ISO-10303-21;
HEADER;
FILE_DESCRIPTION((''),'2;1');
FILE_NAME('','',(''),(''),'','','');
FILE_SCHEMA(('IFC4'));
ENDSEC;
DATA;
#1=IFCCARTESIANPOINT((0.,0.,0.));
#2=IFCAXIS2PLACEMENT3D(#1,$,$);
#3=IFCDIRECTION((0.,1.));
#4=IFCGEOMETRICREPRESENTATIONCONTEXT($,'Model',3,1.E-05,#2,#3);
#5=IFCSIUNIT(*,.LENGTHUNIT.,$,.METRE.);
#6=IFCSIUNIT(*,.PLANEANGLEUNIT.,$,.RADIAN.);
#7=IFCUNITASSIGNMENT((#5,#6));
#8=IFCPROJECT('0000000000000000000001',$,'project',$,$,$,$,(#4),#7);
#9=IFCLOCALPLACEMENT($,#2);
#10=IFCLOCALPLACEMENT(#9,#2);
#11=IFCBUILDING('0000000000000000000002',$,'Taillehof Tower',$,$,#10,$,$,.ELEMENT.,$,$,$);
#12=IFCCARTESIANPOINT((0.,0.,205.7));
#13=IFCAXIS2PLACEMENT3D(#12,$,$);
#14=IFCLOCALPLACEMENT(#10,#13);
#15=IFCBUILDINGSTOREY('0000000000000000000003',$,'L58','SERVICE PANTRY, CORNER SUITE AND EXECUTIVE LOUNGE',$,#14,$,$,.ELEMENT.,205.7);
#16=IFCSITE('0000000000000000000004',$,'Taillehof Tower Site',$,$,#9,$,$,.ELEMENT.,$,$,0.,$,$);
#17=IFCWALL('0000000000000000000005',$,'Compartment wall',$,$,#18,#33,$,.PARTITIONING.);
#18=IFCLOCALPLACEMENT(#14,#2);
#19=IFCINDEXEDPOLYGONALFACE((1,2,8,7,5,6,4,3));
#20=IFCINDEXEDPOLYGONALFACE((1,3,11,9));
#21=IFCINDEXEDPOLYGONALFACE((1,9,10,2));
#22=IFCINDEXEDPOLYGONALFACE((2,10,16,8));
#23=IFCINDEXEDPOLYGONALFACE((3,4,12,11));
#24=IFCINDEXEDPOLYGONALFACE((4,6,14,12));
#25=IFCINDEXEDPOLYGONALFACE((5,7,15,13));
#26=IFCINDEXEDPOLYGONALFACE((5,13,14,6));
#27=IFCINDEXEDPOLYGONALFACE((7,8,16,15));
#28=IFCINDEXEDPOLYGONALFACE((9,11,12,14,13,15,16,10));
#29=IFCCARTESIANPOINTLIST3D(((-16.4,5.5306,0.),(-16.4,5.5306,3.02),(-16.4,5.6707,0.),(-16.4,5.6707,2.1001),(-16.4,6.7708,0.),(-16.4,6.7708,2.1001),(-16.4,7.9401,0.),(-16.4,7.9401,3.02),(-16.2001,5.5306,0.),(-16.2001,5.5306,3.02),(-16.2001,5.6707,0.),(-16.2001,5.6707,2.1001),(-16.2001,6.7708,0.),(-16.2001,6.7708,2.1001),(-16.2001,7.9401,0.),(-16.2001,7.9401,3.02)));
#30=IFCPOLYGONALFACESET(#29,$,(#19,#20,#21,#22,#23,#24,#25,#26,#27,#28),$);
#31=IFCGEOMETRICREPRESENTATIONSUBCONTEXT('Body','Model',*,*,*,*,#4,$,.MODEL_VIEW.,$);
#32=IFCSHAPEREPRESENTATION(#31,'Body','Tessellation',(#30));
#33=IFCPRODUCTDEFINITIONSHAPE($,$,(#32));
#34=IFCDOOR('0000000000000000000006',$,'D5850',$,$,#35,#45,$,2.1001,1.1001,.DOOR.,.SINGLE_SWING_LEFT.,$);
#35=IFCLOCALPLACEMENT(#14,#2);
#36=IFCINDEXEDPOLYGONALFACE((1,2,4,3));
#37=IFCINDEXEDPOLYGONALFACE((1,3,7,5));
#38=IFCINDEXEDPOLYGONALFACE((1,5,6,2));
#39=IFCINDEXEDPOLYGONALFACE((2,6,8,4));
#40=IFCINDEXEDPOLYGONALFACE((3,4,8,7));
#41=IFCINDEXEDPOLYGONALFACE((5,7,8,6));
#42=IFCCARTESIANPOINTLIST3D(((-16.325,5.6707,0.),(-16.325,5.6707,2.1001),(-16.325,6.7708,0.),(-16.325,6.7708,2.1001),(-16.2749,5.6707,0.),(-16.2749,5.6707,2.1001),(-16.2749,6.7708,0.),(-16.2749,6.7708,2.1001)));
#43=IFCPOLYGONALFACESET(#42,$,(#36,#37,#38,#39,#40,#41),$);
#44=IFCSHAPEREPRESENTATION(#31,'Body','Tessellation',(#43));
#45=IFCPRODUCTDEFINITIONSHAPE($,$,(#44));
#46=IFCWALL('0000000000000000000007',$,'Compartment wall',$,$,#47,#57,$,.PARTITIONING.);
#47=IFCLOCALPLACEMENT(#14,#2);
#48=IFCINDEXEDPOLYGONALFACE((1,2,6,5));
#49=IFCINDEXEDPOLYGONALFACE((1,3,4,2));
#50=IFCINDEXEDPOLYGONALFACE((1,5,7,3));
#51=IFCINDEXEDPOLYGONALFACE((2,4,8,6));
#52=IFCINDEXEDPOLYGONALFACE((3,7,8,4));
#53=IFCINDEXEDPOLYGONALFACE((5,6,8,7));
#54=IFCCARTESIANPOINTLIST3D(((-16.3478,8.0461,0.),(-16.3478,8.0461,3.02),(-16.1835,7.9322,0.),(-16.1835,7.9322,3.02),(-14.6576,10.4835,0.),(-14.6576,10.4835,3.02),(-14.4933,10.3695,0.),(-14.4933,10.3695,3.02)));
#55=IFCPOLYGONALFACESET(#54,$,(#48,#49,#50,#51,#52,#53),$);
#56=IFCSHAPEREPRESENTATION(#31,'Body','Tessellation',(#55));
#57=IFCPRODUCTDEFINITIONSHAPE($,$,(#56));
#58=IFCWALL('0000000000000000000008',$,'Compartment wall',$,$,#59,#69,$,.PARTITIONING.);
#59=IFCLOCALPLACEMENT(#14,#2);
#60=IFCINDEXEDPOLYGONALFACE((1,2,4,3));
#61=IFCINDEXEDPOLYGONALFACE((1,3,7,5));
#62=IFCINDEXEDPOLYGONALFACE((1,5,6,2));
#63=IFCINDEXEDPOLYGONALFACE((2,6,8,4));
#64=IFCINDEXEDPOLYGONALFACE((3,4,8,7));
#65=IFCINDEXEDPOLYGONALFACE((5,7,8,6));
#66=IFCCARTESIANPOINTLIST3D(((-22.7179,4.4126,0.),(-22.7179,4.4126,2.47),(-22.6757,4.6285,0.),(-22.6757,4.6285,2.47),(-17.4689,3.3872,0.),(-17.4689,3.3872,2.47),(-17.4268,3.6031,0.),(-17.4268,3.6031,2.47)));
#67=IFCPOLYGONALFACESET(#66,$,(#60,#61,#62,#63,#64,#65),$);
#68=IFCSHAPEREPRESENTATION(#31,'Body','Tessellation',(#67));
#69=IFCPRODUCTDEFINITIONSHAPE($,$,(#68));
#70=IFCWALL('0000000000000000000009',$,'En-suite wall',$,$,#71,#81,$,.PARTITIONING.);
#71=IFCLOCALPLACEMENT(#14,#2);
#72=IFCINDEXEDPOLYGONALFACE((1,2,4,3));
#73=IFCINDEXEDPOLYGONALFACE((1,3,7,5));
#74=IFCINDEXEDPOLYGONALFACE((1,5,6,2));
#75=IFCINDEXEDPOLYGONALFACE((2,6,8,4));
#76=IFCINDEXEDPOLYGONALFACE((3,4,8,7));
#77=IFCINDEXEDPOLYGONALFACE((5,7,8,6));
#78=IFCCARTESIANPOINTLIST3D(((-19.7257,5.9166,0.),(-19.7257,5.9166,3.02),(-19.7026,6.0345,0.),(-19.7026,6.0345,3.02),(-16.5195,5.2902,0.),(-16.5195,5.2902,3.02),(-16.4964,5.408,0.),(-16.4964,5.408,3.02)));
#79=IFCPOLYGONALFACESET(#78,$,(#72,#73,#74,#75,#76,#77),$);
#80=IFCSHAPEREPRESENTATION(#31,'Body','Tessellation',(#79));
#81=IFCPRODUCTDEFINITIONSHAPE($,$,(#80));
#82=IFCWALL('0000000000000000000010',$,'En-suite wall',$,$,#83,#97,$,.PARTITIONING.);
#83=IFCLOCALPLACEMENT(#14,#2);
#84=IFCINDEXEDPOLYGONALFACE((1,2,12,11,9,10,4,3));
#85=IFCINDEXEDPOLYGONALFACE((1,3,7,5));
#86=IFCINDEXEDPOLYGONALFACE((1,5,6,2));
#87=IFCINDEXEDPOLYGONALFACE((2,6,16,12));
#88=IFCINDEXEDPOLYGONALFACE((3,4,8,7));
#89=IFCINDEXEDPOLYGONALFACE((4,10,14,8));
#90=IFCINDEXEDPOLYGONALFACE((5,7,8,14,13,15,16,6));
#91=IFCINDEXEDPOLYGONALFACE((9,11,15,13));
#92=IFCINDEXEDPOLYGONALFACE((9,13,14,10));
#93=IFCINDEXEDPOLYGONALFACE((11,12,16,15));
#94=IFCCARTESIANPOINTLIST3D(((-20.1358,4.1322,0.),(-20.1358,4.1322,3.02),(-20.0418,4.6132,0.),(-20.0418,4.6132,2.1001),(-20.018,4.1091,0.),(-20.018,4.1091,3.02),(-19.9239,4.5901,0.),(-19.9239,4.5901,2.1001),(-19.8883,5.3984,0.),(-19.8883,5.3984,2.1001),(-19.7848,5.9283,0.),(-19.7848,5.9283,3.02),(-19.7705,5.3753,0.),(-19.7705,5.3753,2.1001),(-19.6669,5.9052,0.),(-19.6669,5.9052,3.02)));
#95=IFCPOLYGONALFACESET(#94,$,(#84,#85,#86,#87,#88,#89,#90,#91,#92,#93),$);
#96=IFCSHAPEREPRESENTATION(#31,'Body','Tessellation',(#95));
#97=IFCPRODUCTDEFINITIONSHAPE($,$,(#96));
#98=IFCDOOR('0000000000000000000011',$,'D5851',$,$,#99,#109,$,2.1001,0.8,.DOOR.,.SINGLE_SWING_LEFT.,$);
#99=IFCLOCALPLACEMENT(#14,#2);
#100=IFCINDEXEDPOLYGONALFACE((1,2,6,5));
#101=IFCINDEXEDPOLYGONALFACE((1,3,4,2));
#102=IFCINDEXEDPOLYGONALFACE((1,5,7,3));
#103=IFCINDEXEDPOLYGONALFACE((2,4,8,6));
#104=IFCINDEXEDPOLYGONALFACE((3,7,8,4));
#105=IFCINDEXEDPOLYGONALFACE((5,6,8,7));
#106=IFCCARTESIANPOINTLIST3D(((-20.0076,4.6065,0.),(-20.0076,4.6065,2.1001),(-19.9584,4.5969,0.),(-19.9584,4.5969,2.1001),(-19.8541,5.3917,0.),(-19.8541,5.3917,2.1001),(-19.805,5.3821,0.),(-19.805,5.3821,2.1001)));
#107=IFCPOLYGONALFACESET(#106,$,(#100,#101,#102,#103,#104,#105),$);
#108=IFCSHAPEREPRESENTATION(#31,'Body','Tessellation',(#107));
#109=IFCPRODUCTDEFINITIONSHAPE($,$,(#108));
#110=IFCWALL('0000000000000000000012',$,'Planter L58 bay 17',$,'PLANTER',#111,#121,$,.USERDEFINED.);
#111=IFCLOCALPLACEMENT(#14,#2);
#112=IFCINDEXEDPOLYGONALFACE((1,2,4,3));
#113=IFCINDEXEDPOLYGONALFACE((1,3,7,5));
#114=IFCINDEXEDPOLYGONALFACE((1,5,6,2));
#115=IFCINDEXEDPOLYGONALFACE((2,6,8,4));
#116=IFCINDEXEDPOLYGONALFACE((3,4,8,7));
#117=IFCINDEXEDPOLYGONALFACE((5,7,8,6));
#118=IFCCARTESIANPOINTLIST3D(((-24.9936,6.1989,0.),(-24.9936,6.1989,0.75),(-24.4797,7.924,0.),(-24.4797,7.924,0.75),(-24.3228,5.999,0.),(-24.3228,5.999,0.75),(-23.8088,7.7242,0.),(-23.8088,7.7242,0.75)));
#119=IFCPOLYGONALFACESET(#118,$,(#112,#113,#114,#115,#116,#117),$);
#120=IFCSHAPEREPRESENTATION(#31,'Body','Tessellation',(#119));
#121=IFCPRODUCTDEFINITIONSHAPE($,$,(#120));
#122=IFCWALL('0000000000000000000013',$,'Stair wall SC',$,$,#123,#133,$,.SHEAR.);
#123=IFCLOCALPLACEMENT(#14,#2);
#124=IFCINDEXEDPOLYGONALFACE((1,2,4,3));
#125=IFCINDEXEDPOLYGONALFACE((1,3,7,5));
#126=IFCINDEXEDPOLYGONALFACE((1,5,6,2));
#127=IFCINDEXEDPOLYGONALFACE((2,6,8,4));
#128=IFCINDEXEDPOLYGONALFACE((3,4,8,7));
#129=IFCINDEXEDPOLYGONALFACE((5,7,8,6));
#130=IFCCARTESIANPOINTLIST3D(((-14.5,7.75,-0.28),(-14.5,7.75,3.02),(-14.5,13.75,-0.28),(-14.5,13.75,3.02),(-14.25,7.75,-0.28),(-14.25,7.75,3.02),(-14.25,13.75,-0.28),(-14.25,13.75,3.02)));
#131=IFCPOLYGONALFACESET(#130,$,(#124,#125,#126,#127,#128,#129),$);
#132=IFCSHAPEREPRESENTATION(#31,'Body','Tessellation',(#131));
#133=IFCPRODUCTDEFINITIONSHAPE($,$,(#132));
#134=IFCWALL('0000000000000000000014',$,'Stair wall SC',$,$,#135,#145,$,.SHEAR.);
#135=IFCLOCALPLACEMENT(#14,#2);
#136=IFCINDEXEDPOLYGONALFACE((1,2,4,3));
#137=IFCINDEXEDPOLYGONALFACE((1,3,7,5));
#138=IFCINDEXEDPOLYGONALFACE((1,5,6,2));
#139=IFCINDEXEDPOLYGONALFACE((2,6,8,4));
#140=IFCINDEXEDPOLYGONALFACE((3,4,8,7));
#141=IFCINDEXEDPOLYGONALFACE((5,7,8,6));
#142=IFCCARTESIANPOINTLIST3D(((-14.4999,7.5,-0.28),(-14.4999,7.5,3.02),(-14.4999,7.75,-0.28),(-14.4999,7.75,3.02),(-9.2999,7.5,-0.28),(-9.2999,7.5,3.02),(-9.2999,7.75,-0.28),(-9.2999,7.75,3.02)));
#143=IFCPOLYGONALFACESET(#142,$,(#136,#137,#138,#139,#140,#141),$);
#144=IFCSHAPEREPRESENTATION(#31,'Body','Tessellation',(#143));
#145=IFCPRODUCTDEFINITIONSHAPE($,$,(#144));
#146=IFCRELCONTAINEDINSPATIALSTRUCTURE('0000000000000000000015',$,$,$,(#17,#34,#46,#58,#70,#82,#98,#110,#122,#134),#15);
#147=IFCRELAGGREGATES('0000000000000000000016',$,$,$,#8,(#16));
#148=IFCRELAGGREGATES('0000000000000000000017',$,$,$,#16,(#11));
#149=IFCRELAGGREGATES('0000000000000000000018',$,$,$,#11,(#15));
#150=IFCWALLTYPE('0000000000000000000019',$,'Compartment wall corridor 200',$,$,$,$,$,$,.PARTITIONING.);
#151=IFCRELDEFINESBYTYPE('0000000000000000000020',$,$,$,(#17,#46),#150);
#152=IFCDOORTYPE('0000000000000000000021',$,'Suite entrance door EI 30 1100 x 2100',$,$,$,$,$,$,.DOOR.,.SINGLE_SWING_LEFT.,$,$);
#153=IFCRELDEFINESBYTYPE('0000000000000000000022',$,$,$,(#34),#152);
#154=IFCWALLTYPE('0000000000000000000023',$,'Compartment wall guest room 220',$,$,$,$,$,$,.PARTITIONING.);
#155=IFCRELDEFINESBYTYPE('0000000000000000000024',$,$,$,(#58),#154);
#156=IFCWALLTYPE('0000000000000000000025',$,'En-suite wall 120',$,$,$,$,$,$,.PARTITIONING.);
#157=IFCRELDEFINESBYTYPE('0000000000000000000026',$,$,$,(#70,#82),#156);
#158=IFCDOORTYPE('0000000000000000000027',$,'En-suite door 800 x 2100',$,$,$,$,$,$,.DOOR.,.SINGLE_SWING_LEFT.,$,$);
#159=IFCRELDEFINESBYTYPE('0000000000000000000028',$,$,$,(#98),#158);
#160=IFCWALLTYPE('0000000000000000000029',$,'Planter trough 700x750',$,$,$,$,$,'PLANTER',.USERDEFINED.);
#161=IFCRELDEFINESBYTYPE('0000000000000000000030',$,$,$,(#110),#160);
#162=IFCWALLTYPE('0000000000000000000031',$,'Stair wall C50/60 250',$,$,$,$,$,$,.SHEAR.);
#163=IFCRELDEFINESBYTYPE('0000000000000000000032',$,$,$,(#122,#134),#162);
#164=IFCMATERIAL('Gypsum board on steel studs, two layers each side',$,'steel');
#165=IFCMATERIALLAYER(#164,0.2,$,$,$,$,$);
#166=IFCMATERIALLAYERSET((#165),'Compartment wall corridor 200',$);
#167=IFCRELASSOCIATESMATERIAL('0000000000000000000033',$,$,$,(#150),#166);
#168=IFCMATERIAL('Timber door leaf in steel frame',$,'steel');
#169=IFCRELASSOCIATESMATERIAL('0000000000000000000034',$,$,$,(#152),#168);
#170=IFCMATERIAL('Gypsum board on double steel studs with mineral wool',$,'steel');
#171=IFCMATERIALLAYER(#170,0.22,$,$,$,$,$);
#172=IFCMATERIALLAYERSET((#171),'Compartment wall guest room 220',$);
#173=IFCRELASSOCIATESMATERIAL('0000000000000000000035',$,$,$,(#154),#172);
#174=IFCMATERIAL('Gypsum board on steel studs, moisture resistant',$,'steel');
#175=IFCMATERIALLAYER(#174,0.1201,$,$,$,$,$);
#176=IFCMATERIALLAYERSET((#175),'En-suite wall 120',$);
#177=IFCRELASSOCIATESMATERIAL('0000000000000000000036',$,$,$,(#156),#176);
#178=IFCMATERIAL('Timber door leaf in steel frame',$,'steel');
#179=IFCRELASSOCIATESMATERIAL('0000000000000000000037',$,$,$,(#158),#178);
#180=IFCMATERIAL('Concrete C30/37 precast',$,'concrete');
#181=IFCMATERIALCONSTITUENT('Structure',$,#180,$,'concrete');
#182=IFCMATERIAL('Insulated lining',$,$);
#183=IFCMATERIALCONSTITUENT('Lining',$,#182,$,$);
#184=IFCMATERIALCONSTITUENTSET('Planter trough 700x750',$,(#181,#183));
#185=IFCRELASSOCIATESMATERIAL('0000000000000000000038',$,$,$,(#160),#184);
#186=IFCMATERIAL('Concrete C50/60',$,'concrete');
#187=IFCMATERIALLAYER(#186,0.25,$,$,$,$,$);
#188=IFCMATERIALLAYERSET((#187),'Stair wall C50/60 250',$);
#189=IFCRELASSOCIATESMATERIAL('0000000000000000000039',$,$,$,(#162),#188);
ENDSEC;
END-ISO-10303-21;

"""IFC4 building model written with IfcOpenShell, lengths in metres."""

from ifc_helpers import new_model, si_unit, direction, frame, frame_2d, origin, place, context, subcontext, project, spatial, rectangle, extrude, material, layer, layer_set, constituent, constituent_set, type_object, element, fill, save


model = new_model("IFC4")

# Units and contexts
model_context = context("Model", 3, precision=1e-05, world=origin(), true_north=direction((0.0, 1.0)))
body_context = subcontext(model_context, "Body", "Model", "MODEL_VIEW")
ifc_project = project(units=[si_unit("LENGTHUNIT", "METRE"), si_unit("PLANEANGLEUNIT", "RADIAN")], contexts=[model_context])

# Site, building, storey
site_placement = place(None, origin())
site = spatial("IfcSite", under=ifc_project, at=site_placement, Name="Taillehof Tower Site", CompositionType="ELEMENT", RefElevation=0.0)
building_placement = place(site_placement, origin())
building = spatial("IfcBuilding", under=site, at=building_placement, Name="Taillehof Tower", CompositionType="ELEMENT")
storey_placement = place(building_placement, frame((0.0, 0.0, 205.7)))
storey = spatial("IfcBuildingStorey", under=building, at=storey_placement, Name="L58", Description="SERVICE PANTRY, CORNER SUITE AND EXECUTIVE LOUNGE", CompositionType="ELEMENT", Elevation=205.7)

# Shared definitions
ifc_material_1 = material(Name="Gypsum board on steel studs, two layers each side", Category="steel")
ifc_layer_1 = layer(ifc_material_1, 0.2)
ifc_layer_set_1 = layer_set([ifc_layer_1], Name="Compartment wall corridor 200")
wall_type_1 = type_object("IfcWallType", Name="Compartment wall corridor 200", PredefinedType="PARTITIONING", material=ifc_layer_set_1)

# Wall, opening, door
wall_1_placement = place(storey_placement, frame((-16.3, 5.5308, 0.0), z_axis=(0.0, 0.0, 1.0), x_axis=(0.0, 1.0, 0.0)))
wall_1 = element("IfcWall", 1, at=wall_1_placement, inside=storey, type_object=wall_type_1, Name="Compartment wall", PredefinedType="PARTITIONING", context=body_context, shape_type="SweptSolid", body=[
    extrude(rectangle(XDim=2.4094, YDim=0.2, at=frame_2d((1.2046, 0.0))), origin(), (0.0, 0.0, 1.0), 3.02),
])
opening_1_placement = place(wall_1_placement, frame((0.1399, 0.0, 0.0)))
opening_1 = element("IfcOpeningElement", 2, at=opening_1_placement, cuts=wall_1, PredefinedType="OPENING", context=body_context, shape_type="SweptSolid", body=[
    extrude(rectangle(XDim=1.1001, YDim=2.1001, at=frame_2d((0.55, 1.05))), frame((0.0, 0.1099, 0.0), z_axis=(0.0, -1.0, 0.0), x_axis=(1.0, 0.0, 0.0)), (0.0, 0.0, 1.0), 0.22),
])
ifc_material_2 = material(Name="Timber door leaf in steel frame", Category="steel")
door_type_1 = type_object("IfcDoorType", Name="Suite entrance door EI 30 1100 x 2100", OperationType="SINGLE_SWING_LEFT", PredefinedType="DOOR", material=ifc_material_2)
door_1_placement = place(opening_1_placement, origin())
door_1 = element("IfcDoor", 3, at=door_1_placement, inside=storey, type_object=door_type_1, Name="D5850", OperationType="SINGLE_SWING_LEFT", OverallHeight=2.1001, OverallWidth=1.1001, PredefinedType="DOOR", context=body_context, shape_type="SweptSolid", body=[
    extrude(rectangle(XDim=1.1001, YDim=2.1001, at=frame_2d((0.55, 1.05))), frame((0.0, 0.0249, 0.0), z_axis=(0.0, -1.0, 0.0), x_axis=(1.0, 0.0, 0.0)), (0.0, 0.0, 1.0), 0.05),
])
fill(opening_1, door_1)

# Walls
wall_2_placement = place(storey_placement, frame((-16.2656, 7.9893, 0.0), z_axis=(0.0, 0.0, 1.0), x_axis=(0.56986, 0.821742, 0.0)))
element("IfcWall", 4, at=wall_2_placement, inside=storey, type_object=wall_type_1, Name="Compartment wall", PredefinedType="PARTITIONING", context=body_context, shape_type="SweptSolid", body=[
    extrude(rectangle(XDim=2.9661, YDim=0.2, at=frame_2d((1.4829, 0.0))), origin(), (0.0, 0.0, 1.0), 3.02),
])
ifc_material_3 = material(Name="Gypsum board on double steel studs with mineral wool", Category="steel")
ifc_layer_2 = layer(ifc_material_3, 0.22)
ifc_layer_set_2 = layer_set([ifc_layer_2], Name="Compartment wall guest room 220")
wall_type_2 = type_object("IfcWallType", Name="Compartment wall guest room 220", PredefinedType="PARTITIONING", material=ifc_layer_set_2)
wall_3_placement = place(storey_placement, frame((-22.6968, 4.5205, 0.0), z_axis=(0.0, 0.0, 1.0), x_axis=(0.981449, -0.191725, 0.0)))
element("IfcWall", 5, at=wall_3_placement, inside=storey, type_object=wall_type_2, Name="Compartment wall", PredefinedType="PARTITIONING", context=body_context, shape_type="SweptSolid", body=[
    extrude(rectangle(XDim=5.3481, YDim=0.22, at=frame_2d((2.6741, 0.0))), origin(), (0.0, 0.0, 1.0), 2.47),
])
ifc_material_4 = material(Name="Gypsum board on steel studs, moisture resistant", Category="steel")
ifc_layer_3 = layer(ifc_material_4, 0.1201)
ifc_layer_set_3 = layer_set([ifc_layer_3], Name="En-suite wall 120")
wall_type_3 = type_object("IfcWallType", Name="En-suite wall 120", PredefinedType="PARTITIONING", material=ifc_layer_set_3)
wall_4_placement = place(storey_placement, frame((-16.5081, 5.3491, 0.0), z_axis=(0.0, 0.0, 1.0), x_axis=(-0.981442, 0.19176, 0.0)))
element("IfcWall", 6, at=wall_4_placement, inside=storey, type_object=wall_type_3, Name="En-suite wall", PredefinedType="PARTITIONING", context=body_context, shape_type="SweptSolid", body=[
    extrude(rectangle(XDim=3.2668, YDim=0.1201, at=frame_2d((1.6333, 0.0))), origin(), (0.0, 0.0, 1.0), 3.02),
])

# Wall, opening, door
wall_5_placement = place(storey_placement, frame((-19.7258, 5.9167, 0.0), z_axis=(0.0, 0.0, 1.0), x_axis=(-0.19183, -0.981428, 0.0)))
wall_5 = element("IfcWall", 7, at=wall_5_placement, inside=storey, type_object=wall_type_3, Name="En-suite wall", PredefinedType="PARTITIONING", context=body_context, shape_type="SweptSolid", body=[
    extrude(rectangle(XDim=1.8301, YDim=0.1201, at=frame_2d((0.915, 0.0))), origin(), (0.0, 0.0, 1.0), 3.02),
])
opening_2_placement = place(wall_5_placement, frame((0.54, 0.0, 0.0)))
opening_2 = element("IfcOpeningElement", 8, at=opening_2_placement, cuts=wall_5, PredefinedType="OPENING", context=body_context, shape_type="SweptSolid", body=[
    extrude(rectangle(XDim=0.8, YDim=2.1001, at=frame_2d((0.3999, 1.05))), frame((0.0, 0.0701, 0.0), z_axis=(0.0, -1.0, 0.0), x_axis=(1.0, 0.0, 0.0)), (0.0, 0.0, 1.0), 0.1401),
])
ifc_material_5 = material(Name="Timber door leaf in steel frame", Category="steel")
door_type_2 = type_object("IfcDoorType", Name="En-suite door 800 x 2100", OperationType="SINGLE_SWING_LEFT", PredefinedType="DOOR", material=ifc_material_5)
door_2_placement = place(opening_2_placement, origin())
door_2 = element("IfcDoor", 9, at=door_2_placement, inside=storey, type_object=door_type_2, Name="D5851", OperationType="SINGLE_SWING_LEFT", OverallHeight=2.1001, OverallWidth=0.8, PredefinedType="DOOR", context=body_context, shape_type="SweptSolid", body=[
    extrude(rectangle(XDim=0.8, YDim=2.1001, at=frame_2d((0.3999, 1.05))), frame((0.0, 0.0249, 0.0), z_axis=(0.0, -1.0, 0.0), x_axis=(1.0, 0.0, 0.0)), (0.0, 0.0, 1.0), 0.05),
])
fill(opening_2, door_2)

# Walls
ifc_material_6 = material(Name="Concrete C30/37 precast", Category="concrete")
ifc_constituent_1 = constituent(ifc_material_6, Name="Structure", Category="concrete")
ifc_material_7 = material(Name="Insulated lining")
ifc_constituent_2 = constituent(ifc_material_7, Name="Lining")
ifc_constituent_set = constituent_set(constituents=[ifc_constituent_1, ifc_constituent_2], Name="Planter trough 700x750")
wall_type_4 = type_object("IfcWallType", Name="Planter trough 700x750", ElementType="PLANTER", PredefinedType="USERDEFINED", material=ifc_constituent_set)
wall_6_placement = place(storey_placement, frame((-24.1443, 7.824, 0.0), z_axis=(0.0, 0.0, 1.0), x_axis=(-0.285506, -0.958377, 0.0)))
element("IfcWall", 10, at=wall_6_placement, inside=storey, type_object=wall_type_4, Name="Planter L58 bay 17", ObjectType="PLANTER", PredefinedType="USERDEFINED", context=body_context, shape_type="SweptSolid", body=[
    extrude(rectangle(XDim=1.8, YDim=0.7, at=frame_2d((0.8999, 0.0))), origin(), (0.0, 0.0, 1.0), 0.75),
])
ifc_material_8 = material(Name="Concrete C50/60", Category="concrete")
ifc_layer_4 = layer(ifc_material_8, 0.25)
ifc_layer_set_4 = layer_set([ifc_layer_4], Name="Stair wall C50/60 250")
wall_type_5 = type_object("IfcWallType", Name="Stair wall C50/60 250", PredefinedType="SHEAR", material=ifc_layer_set_4)
wall_7_placement = place(storey_placement, frame((-14.375, 7.75, -0.28), z_axis=(0.0, 0.0, 1.0), x_axis=(0.0, 1.0, 0.0)))
element("IfcWall", 11, at=wall_7_placement, inside=storey, type_object=wall_type_5, Name="Stair wall SC", PredefinedType="SHEAR", context=body_context, shape_type="SweptSolid", body=[
    extrude(rectangle(XDim=6.0, YDim=0.25, at=frame_2d((3.0, 0.0))), origin(), (0.0, 0.0, 1.0), 3.3),
])
wall_8_placement = place(storey_placement, frame((-14.5, 7.625, -0.28), z_axis=(0.0, 0.0, 1.0), x_axis=(1.0, 0.0, 0.0)))
element("IfcWall", 12, at=wall_8_placement, inside=storey, type_object=wall_type_5, Name="Stair wall SC", PredefinedType="SHEAR", context=body_context, shape_type="SweptSolid", body=[
    extrude(rectangle(XDim=5.2, YDim=0.25, at=frame_2d((2.6001, 0.0))), origin(), (0.0, 0.0, 1.0), 3.3),
])

save(model, "model.ifc")
